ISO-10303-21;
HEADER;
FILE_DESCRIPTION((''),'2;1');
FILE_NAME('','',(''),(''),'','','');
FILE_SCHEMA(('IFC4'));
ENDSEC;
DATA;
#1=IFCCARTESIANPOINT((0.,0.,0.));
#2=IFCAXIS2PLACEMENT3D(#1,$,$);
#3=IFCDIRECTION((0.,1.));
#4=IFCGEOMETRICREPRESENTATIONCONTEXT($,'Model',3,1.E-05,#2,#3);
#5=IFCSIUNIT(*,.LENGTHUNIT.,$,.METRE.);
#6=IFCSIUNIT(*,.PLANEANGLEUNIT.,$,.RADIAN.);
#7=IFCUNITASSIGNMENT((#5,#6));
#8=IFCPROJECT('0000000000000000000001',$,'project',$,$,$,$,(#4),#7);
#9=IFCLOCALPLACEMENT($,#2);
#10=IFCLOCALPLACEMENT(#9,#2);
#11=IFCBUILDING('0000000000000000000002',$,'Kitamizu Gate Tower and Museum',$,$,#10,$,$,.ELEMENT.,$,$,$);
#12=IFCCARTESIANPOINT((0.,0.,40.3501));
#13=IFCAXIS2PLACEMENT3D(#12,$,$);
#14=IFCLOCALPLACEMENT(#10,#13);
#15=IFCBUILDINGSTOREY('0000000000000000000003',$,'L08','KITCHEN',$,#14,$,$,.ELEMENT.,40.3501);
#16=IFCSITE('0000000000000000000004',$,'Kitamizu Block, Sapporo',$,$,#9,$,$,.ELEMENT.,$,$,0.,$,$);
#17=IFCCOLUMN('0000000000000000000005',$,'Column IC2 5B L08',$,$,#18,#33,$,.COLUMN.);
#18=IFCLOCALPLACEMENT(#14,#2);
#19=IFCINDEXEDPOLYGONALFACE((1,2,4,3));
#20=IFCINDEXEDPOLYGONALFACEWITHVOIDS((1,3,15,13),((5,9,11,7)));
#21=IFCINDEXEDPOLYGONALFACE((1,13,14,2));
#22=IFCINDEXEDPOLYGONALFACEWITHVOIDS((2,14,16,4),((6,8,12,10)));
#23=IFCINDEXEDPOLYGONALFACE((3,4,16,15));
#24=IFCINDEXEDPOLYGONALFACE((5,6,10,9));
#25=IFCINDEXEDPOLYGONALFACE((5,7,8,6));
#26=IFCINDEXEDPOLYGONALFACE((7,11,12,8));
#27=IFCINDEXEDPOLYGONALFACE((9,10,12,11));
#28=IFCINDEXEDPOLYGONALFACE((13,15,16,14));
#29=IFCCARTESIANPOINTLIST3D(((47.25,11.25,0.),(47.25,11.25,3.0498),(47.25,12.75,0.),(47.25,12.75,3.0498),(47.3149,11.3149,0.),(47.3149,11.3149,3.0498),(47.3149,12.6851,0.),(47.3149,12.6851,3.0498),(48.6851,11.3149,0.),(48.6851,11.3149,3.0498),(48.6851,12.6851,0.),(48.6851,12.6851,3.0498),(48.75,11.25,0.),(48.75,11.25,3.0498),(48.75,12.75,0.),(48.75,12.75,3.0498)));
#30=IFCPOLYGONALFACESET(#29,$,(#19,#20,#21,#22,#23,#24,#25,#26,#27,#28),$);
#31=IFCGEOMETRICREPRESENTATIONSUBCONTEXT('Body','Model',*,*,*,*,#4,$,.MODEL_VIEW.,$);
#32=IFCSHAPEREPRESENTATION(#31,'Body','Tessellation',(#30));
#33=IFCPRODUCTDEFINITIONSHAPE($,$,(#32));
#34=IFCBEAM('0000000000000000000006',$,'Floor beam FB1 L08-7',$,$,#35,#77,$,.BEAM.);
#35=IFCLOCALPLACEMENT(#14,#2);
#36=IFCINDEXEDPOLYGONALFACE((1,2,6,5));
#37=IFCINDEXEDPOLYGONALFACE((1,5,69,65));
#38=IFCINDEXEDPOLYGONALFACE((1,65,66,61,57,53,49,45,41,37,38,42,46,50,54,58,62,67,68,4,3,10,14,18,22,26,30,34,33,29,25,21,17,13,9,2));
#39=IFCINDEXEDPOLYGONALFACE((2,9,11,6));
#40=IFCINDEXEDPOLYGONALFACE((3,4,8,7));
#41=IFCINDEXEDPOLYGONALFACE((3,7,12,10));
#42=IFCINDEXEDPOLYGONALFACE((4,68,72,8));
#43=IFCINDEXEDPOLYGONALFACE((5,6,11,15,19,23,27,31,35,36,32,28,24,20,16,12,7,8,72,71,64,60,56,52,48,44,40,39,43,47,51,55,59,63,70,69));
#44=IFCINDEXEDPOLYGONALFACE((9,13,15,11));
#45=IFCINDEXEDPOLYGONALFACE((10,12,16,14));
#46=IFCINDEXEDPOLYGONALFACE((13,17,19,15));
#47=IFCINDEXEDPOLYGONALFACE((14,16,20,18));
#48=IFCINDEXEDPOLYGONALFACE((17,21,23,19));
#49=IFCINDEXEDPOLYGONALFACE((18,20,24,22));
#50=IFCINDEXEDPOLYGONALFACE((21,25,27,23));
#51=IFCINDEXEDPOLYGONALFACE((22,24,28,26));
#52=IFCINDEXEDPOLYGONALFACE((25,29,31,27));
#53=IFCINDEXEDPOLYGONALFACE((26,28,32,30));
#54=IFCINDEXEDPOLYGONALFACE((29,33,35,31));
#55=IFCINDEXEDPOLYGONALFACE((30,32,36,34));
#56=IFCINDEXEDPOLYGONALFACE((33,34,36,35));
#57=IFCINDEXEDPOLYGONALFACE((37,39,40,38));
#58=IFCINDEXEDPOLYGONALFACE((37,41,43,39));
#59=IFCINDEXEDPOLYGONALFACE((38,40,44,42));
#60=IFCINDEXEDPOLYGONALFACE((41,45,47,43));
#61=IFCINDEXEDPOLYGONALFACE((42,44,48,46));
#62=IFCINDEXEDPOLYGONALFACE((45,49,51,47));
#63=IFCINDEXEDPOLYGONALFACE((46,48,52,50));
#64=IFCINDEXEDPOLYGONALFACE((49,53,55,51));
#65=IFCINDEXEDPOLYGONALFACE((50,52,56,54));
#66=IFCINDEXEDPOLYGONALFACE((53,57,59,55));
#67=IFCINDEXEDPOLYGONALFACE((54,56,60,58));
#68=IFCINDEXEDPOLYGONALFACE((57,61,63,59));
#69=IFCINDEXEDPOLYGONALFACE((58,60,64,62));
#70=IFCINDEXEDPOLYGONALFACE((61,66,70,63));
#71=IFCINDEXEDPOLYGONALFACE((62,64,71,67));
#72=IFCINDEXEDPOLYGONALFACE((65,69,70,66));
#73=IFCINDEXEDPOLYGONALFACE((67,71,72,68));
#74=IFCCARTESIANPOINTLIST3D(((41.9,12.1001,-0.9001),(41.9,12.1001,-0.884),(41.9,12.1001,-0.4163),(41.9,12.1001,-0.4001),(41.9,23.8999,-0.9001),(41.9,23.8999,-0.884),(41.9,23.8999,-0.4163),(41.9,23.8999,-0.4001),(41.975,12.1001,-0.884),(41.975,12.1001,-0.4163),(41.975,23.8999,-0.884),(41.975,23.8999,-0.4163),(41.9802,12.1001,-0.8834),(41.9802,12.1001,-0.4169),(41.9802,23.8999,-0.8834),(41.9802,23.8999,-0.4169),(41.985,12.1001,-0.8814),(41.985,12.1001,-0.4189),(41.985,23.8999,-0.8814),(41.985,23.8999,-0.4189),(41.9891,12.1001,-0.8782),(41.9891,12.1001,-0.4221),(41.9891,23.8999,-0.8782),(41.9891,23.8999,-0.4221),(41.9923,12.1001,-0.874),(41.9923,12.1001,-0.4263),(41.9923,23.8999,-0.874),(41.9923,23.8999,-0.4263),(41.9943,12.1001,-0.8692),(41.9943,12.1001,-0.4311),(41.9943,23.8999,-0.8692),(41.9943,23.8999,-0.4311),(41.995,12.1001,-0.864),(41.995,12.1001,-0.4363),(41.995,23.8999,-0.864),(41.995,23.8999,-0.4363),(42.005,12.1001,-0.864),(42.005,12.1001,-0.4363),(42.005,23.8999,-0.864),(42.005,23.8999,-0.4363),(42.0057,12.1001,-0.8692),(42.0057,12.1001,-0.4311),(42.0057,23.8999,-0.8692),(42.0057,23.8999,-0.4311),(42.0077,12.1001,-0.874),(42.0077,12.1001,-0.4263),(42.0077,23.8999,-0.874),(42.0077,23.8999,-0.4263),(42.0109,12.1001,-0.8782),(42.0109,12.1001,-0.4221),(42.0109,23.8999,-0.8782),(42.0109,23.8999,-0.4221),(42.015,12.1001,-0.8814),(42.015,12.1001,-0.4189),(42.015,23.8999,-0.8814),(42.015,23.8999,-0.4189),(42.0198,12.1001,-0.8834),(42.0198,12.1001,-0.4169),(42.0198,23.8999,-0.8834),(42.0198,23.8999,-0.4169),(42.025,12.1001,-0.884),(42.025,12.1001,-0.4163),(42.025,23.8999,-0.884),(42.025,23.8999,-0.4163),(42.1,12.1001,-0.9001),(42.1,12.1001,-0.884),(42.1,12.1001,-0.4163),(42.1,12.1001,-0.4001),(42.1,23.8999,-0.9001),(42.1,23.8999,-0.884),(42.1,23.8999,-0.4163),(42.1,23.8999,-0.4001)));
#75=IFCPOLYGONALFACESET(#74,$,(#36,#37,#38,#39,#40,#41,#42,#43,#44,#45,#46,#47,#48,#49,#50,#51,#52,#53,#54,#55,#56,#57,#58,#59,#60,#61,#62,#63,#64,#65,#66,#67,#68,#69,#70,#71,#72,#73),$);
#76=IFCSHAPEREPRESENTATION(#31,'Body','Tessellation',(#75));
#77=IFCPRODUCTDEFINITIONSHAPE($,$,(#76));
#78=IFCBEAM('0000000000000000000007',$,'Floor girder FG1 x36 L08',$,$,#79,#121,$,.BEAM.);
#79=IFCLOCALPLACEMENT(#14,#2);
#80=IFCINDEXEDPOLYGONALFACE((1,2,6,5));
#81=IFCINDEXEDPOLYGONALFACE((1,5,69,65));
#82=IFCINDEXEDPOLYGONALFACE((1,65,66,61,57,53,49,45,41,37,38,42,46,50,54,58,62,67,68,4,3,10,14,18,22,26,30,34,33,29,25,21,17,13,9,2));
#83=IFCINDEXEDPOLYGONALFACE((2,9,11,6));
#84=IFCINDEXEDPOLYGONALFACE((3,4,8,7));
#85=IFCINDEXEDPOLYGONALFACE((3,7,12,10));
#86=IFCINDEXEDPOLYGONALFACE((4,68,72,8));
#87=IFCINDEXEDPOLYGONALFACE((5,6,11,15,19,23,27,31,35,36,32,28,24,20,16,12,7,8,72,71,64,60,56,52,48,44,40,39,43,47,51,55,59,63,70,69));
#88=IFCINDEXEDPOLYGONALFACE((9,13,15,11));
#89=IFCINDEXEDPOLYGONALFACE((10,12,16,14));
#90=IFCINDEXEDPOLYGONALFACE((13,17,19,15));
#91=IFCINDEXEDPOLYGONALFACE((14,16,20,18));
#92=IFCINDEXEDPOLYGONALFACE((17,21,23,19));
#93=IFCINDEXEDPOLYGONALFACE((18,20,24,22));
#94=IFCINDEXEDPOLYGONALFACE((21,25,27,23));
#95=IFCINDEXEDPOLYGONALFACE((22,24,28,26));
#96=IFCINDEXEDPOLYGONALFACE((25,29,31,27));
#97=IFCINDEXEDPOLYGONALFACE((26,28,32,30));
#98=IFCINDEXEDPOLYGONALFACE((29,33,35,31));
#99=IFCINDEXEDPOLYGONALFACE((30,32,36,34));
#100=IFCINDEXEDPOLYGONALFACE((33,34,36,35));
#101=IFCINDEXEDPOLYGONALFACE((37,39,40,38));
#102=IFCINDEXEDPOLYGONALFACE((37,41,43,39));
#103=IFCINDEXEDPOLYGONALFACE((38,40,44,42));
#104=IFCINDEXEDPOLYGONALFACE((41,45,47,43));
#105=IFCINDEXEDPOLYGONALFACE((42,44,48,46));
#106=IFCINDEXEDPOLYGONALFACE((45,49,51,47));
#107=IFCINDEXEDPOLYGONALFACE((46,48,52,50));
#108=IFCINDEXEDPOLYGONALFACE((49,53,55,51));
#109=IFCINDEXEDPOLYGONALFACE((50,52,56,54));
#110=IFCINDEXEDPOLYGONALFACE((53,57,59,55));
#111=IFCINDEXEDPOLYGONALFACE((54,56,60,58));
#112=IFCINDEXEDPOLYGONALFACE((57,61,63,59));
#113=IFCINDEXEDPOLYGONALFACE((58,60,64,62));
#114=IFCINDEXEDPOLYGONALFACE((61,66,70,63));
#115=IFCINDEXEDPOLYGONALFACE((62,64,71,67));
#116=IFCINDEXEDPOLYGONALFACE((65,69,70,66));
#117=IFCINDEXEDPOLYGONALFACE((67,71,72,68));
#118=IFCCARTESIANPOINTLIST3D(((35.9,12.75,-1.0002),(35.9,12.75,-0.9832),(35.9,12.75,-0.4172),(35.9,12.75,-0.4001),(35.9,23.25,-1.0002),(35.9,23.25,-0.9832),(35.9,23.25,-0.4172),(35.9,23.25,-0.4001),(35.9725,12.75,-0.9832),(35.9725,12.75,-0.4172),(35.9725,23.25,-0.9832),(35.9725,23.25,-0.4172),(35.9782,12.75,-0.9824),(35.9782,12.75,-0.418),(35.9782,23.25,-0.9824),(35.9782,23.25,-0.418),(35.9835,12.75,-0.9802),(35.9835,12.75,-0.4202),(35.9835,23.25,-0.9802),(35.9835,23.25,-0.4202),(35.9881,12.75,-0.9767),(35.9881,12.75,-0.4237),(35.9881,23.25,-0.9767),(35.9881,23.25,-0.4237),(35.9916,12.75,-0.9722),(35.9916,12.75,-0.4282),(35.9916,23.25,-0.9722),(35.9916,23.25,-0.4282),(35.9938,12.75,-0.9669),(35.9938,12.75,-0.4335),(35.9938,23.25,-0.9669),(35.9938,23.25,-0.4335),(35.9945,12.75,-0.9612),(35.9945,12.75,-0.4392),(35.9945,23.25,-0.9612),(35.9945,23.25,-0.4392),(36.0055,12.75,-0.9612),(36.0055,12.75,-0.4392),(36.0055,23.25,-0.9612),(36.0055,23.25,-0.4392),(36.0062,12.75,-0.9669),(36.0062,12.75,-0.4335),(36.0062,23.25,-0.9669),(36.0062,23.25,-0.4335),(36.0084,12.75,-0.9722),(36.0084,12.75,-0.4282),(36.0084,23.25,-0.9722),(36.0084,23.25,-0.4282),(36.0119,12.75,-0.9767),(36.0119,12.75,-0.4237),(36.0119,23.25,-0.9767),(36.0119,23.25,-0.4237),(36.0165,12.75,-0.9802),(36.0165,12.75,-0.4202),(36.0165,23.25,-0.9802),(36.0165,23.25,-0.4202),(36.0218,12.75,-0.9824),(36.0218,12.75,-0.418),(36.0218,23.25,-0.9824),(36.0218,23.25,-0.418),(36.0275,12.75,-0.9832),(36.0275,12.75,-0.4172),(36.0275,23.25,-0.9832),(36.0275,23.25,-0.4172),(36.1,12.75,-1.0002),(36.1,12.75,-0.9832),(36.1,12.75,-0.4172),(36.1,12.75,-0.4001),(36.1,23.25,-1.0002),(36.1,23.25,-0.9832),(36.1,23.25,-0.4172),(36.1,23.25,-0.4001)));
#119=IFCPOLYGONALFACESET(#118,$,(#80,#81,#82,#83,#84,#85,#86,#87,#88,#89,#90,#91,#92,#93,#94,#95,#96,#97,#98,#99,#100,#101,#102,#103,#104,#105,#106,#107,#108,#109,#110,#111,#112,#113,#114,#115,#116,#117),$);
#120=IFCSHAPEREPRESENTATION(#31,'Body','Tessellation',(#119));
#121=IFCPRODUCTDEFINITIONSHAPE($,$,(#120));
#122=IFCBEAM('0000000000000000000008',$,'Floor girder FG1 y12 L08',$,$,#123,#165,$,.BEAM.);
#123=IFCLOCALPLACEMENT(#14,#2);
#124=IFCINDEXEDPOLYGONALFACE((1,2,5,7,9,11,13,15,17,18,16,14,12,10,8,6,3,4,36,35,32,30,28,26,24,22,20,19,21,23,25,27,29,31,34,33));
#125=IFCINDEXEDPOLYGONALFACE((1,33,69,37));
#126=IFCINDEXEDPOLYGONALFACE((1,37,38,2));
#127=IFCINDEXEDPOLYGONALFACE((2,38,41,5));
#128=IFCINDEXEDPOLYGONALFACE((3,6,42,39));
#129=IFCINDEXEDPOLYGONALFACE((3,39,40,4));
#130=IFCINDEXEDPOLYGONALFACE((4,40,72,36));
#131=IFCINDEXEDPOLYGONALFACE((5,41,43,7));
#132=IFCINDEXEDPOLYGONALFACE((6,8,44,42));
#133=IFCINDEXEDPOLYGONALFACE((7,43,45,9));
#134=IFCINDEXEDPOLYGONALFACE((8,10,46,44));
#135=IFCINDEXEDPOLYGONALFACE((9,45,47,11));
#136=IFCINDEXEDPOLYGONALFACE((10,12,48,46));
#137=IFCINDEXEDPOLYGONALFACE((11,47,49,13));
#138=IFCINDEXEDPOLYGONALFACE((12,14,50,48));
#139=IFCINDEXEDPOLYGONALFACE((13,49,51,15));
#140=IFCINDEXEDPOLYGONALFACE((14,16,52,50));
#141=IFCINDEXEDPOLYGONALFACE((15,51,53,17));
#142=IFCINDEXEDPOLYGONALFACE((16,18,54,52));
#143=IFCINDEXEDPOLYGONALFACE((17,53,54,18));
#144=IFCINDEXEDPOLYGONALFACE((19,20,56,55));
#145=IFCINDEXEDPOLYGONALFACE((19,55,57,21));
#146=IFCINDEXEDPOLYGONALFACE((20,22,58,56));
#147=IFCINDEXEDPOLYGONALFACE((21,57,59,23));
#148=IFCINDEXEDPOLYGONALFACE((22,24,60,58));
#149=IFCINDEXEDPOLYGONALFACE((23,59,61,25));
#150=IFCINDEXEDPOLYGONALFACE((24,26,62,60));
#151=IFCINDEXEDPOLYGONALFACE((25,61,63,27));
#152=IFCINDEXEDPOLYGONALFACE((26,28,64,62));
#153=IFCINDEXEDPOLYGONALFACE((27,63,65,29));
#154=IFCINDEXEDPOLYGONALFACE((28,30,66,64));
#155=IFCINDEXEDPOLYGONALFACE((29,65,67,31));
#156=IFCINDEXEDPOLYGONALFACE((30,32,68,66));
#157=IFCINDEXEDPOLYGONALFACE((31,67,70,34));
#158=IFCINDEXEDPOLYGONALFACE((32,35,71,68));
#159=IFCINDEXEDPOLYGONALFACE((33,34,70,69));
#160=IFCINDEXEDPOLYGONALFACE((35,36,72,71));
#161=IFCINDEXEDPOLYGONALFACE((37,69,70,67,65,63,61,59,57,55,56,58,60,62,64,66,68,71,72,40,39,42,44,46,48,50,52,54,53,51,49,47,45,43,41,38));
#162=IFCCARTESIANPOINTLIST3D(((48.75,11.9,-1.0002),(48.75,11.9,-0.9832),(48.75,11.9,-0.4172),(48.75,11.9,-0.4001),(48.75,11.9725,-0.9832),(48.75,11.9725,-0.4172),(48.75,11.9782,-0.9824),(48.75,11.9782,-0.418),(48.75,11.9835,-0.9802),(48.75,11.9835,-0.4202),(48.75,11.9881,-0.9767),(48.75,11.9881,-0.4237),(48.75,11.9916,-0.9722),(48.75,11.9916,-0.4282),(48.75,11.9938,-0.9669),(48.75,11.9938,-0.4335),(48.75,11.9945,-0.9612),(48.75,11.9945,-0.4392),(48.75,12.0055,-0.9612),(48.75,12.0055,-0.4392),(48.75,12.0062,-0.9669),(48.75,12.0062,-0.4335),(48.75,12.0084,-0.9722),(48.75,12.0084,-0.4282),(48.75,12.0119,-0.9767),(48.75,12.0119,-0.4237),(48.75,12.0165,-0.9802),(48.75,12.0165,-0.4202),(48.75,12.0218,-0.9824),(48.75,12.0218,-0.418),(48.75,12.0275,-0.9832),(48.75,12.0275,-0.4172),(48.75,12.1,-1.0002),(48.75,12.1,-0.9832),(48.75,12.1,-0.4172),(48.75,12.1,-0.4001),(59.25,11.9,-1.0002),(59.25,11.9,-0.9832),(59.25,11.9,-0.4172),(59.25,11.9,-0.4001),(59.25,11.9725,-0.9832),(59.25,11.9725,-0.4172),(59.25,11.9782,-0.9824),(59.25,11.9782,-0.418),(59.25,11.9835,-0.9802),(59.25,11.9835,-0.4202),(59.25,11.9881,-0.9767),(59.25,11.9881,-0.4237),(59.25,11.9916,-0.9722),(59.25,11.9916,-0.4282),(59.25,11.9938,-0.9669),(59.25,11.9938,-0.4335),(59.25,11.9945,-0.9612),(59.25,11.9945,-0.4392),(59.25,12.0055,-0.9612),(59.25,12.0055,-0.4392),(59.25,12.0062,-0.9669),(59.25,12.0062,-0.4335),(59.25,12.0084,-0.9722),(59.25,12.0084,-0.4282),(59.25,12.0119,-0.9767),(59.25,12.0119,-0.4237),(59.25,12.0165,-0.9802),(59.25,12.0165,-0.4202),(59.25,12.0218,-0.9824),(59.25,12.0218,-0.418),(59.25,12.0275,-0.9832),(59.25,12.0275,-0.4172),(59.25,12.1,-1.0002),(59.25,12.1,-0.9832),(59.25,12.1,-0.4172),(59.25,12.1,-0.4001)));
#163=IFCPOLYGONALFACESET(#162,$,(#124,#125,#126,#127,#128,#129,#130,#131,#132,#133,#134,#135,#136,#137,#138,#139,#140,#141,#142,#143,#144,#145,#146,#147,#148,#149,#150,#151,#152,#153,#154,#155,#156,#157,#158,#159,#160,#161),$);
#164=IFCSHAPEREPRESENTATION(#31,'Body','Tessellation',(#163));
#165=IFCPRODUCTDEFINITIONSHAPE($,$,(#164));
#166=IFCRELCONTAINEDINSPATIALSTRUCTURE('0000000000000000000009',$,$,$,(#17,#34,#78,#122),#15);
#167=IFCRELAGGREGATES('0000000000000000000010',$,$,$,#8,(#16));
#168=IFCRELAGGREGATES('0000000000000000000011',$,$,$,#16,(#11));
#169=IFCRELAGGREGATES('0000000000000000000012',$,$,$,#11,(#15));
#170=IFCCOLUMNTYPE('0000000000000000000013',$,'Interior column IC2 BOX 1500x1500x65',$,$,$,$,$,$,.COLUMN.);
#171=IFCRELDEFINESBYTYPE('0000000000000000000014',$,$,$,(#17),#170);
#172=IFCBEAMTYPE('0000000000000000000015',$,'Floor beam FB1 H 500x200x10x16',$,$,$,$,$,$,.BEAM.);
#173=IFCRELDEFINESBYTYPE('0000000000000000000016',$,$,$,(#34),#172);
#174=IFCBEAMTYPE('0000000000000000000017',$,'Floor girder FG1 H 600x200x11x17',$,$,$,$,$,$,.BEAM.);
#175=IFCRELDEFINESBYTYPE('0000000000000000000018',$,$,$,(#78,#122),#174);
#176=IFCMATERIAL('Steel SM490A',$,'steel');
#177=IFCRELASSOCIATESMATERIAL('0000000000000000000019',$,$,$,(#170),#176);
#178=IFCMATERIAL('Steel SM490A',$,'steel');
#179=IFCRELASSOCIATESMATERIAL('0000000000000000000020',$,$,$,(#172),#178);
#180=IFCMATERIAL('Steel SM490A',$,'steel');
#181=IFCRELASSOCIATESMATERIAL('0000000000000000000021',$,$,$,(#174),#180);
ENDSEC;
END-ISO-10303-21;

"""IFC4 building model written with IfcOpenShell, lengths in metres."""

from ifc_helpers import new_model, si_unit, direction, frame, origin, origin_2d, place, context, subcontext, project, spatial, hollow_rectangle, i_section, extrude, material, material_profile, profile_set, type_object, element, save


model = new_model("IFC4")

# Units and contexts
model_context = context("Model", 3, precision=1e-05, world=origin(), true_north=direction((0.0, 1.0)))
body_context = subcontext(model_context, "Body", "Model", "MODEL_VIEW")
ifc_project = project(units=[si_unit("LENGTHUNIT", "METRE"), si_unit("PLANEANGLEUNIT", "RADIAN")], contexts=[model_context])

# Site, building, storey
site_placement = place(None, origin())
site = spatial("IfcSite", under=ifc_project, at=site_placement, Name="Kitamizu Block, Sapporo", CompositionType="ELEMENT", RefElevation=0.0)
building_placement = place(site_placement, origin())
building = spatial("IfcBuilding", under=site, at=building_placement, Name="Kitamizu Gate Tower and Museum", CompositionType="ELEMENT")
storey_placement = place(building_placement, frame((0.0, 0.0, 40.3501)))
storey = spatial("IfcBuildingStorey", under=building, at=storey_placement, Name="L08", Description="KITCHEN", CompositionType="ELEMENT", Elevation=40.3501)

# Column
ifc_material_1 = material(Name="Steel SM490A", Category="steel")
ifc_material_profile_1 = material_profile(ifc_material_1, hollow_rectangle(XDim=1.5, YDim=1.5, WallThickness=0.0649, at=origin_2d()), Name="BOX 1500x1500x65")
ifc_profile_set_1 = profile_set([ifc_material_profile_1], Name="Steel SM490A")
column_type = type_object("IfcColumnType", Name="Interior column IC2 BOX 1500x1500x65", PredefinedType="COLUMN", material=ifc_profile_set_1)
column_placement = place(storey_placement, frame((48.0, 12.0, 0.0), z_axis=(0.0, 0.0, 1.0), x_axis=(1.0, 0.0, 0.0)))
element("IfcColumn", 1, at=column_placement, inside=storey, type_object=column_type, Name="Column IC2 5B L08", PredefinedType="COLUMN", context=body_context, shape_type="SweptSolid", body=[
    extrude(hollow_rectangle(XDim=1.5, YDim=1.5, WallThickness=0.0649, at=origin_2d()), origin(), (0.0, 0.0, 1.0), 3.0498),
])

# Beams
ifc_material_2 = material(Name="Steel SM490A", Category="steel")
ifc_material_profile_2 = material_profile(ifc_material_2, i_section(OverallWidth=0.2, OverallDepth=0.5, WebThickness=0.01, FlangeThickness=0.0161, FilletRadius=0.02, at=origin_2d()), Name="H-500x200x10x16")
ifc_profile_set_2 = profile_set([ifc_material_profile_2], Name="Steel SM490A")
beam_type_1 = type_object("IfcBeamType", Name="Floor beam FB1 H 500x200x10x16", PredefinedType="BEAM", material=ifc_profile_set_2)
beam_placement = place(storey_placement, frame((42.0, 12.1001, -0.6501), z_axis=(0.0, 1.0, 0.0), x_axis=(-1.0, 0.0, 0.0)))
element("IfcBeam", 2, at=beam_placement, inside=storey, type_object=beam_type_1, Name="Floor beam FB1 L08-7", PredefinedType="BEAM", context=body_context, shape_type="SweptSolid", body=[
    extrude(i_section(OverallWidth=0.2, OverallDepth=0.5, WebThickness=0.01, FlangeThickness=0.0161, FilletRadius=0.02, at=origin_2d()), origin(), (0.0, 0.0, 1.0), 11.7998),
])
ifc_material_3 = material(Name="Steel SM490A", Category="steel")
ifc_material_profile_3 = material_profile(ifc_material_3, i_section(OverallWidth=0.2, OverallDepth=0.6001, WebThickness=0.011, FlangeThickness=0.0171, FilletRadius=0.022, at=origin_2d()), Name="H-600x200x11x17")
ifc_profile_set_3 = profile_set([ifc_material_profile_3], Name="Steel SM490A")
beam_type_2 = type_object("IfcBeamType", Name="Floor girder FG1 H 600x200x11x17", PredefinedType="BEAM", material=ifc_profile_set_3)
for number, where, z_axis, x_axis, name in (
    (3, (36.0, 12.75, -0.7002), (0.0, 1.0, 0.0), (-1.0, 0.0, 0.0), "Floor girder FG1 x36 L08"),
    (4, (48.75, 12.0, -0.7002), (1.0, 0.0, 0.0), (0.0, 1.0, 0.0), "Floor girder FG1 y12 L08"),
):
    element("IfcBeam", number, at=place(storey_placement, frame(where, z_axis=z_axis, x_axis=x_axis)), inside=storey, type_object=beam_type_2, Name=name, PredefinedType="BEAM", context=body_context, shape_type="SweptSolid", body=[
        extrude(i_section(OverallWidth=0.2, OverallDepth=0.6001, WebThickness=0.011, FlangeThickness=0.0171, FilletRadius=0.022, at=origin_2d()), origin(), (0.0, 0.0, 1.0), 10.5),
    ])

save(model, "model.ifc")
